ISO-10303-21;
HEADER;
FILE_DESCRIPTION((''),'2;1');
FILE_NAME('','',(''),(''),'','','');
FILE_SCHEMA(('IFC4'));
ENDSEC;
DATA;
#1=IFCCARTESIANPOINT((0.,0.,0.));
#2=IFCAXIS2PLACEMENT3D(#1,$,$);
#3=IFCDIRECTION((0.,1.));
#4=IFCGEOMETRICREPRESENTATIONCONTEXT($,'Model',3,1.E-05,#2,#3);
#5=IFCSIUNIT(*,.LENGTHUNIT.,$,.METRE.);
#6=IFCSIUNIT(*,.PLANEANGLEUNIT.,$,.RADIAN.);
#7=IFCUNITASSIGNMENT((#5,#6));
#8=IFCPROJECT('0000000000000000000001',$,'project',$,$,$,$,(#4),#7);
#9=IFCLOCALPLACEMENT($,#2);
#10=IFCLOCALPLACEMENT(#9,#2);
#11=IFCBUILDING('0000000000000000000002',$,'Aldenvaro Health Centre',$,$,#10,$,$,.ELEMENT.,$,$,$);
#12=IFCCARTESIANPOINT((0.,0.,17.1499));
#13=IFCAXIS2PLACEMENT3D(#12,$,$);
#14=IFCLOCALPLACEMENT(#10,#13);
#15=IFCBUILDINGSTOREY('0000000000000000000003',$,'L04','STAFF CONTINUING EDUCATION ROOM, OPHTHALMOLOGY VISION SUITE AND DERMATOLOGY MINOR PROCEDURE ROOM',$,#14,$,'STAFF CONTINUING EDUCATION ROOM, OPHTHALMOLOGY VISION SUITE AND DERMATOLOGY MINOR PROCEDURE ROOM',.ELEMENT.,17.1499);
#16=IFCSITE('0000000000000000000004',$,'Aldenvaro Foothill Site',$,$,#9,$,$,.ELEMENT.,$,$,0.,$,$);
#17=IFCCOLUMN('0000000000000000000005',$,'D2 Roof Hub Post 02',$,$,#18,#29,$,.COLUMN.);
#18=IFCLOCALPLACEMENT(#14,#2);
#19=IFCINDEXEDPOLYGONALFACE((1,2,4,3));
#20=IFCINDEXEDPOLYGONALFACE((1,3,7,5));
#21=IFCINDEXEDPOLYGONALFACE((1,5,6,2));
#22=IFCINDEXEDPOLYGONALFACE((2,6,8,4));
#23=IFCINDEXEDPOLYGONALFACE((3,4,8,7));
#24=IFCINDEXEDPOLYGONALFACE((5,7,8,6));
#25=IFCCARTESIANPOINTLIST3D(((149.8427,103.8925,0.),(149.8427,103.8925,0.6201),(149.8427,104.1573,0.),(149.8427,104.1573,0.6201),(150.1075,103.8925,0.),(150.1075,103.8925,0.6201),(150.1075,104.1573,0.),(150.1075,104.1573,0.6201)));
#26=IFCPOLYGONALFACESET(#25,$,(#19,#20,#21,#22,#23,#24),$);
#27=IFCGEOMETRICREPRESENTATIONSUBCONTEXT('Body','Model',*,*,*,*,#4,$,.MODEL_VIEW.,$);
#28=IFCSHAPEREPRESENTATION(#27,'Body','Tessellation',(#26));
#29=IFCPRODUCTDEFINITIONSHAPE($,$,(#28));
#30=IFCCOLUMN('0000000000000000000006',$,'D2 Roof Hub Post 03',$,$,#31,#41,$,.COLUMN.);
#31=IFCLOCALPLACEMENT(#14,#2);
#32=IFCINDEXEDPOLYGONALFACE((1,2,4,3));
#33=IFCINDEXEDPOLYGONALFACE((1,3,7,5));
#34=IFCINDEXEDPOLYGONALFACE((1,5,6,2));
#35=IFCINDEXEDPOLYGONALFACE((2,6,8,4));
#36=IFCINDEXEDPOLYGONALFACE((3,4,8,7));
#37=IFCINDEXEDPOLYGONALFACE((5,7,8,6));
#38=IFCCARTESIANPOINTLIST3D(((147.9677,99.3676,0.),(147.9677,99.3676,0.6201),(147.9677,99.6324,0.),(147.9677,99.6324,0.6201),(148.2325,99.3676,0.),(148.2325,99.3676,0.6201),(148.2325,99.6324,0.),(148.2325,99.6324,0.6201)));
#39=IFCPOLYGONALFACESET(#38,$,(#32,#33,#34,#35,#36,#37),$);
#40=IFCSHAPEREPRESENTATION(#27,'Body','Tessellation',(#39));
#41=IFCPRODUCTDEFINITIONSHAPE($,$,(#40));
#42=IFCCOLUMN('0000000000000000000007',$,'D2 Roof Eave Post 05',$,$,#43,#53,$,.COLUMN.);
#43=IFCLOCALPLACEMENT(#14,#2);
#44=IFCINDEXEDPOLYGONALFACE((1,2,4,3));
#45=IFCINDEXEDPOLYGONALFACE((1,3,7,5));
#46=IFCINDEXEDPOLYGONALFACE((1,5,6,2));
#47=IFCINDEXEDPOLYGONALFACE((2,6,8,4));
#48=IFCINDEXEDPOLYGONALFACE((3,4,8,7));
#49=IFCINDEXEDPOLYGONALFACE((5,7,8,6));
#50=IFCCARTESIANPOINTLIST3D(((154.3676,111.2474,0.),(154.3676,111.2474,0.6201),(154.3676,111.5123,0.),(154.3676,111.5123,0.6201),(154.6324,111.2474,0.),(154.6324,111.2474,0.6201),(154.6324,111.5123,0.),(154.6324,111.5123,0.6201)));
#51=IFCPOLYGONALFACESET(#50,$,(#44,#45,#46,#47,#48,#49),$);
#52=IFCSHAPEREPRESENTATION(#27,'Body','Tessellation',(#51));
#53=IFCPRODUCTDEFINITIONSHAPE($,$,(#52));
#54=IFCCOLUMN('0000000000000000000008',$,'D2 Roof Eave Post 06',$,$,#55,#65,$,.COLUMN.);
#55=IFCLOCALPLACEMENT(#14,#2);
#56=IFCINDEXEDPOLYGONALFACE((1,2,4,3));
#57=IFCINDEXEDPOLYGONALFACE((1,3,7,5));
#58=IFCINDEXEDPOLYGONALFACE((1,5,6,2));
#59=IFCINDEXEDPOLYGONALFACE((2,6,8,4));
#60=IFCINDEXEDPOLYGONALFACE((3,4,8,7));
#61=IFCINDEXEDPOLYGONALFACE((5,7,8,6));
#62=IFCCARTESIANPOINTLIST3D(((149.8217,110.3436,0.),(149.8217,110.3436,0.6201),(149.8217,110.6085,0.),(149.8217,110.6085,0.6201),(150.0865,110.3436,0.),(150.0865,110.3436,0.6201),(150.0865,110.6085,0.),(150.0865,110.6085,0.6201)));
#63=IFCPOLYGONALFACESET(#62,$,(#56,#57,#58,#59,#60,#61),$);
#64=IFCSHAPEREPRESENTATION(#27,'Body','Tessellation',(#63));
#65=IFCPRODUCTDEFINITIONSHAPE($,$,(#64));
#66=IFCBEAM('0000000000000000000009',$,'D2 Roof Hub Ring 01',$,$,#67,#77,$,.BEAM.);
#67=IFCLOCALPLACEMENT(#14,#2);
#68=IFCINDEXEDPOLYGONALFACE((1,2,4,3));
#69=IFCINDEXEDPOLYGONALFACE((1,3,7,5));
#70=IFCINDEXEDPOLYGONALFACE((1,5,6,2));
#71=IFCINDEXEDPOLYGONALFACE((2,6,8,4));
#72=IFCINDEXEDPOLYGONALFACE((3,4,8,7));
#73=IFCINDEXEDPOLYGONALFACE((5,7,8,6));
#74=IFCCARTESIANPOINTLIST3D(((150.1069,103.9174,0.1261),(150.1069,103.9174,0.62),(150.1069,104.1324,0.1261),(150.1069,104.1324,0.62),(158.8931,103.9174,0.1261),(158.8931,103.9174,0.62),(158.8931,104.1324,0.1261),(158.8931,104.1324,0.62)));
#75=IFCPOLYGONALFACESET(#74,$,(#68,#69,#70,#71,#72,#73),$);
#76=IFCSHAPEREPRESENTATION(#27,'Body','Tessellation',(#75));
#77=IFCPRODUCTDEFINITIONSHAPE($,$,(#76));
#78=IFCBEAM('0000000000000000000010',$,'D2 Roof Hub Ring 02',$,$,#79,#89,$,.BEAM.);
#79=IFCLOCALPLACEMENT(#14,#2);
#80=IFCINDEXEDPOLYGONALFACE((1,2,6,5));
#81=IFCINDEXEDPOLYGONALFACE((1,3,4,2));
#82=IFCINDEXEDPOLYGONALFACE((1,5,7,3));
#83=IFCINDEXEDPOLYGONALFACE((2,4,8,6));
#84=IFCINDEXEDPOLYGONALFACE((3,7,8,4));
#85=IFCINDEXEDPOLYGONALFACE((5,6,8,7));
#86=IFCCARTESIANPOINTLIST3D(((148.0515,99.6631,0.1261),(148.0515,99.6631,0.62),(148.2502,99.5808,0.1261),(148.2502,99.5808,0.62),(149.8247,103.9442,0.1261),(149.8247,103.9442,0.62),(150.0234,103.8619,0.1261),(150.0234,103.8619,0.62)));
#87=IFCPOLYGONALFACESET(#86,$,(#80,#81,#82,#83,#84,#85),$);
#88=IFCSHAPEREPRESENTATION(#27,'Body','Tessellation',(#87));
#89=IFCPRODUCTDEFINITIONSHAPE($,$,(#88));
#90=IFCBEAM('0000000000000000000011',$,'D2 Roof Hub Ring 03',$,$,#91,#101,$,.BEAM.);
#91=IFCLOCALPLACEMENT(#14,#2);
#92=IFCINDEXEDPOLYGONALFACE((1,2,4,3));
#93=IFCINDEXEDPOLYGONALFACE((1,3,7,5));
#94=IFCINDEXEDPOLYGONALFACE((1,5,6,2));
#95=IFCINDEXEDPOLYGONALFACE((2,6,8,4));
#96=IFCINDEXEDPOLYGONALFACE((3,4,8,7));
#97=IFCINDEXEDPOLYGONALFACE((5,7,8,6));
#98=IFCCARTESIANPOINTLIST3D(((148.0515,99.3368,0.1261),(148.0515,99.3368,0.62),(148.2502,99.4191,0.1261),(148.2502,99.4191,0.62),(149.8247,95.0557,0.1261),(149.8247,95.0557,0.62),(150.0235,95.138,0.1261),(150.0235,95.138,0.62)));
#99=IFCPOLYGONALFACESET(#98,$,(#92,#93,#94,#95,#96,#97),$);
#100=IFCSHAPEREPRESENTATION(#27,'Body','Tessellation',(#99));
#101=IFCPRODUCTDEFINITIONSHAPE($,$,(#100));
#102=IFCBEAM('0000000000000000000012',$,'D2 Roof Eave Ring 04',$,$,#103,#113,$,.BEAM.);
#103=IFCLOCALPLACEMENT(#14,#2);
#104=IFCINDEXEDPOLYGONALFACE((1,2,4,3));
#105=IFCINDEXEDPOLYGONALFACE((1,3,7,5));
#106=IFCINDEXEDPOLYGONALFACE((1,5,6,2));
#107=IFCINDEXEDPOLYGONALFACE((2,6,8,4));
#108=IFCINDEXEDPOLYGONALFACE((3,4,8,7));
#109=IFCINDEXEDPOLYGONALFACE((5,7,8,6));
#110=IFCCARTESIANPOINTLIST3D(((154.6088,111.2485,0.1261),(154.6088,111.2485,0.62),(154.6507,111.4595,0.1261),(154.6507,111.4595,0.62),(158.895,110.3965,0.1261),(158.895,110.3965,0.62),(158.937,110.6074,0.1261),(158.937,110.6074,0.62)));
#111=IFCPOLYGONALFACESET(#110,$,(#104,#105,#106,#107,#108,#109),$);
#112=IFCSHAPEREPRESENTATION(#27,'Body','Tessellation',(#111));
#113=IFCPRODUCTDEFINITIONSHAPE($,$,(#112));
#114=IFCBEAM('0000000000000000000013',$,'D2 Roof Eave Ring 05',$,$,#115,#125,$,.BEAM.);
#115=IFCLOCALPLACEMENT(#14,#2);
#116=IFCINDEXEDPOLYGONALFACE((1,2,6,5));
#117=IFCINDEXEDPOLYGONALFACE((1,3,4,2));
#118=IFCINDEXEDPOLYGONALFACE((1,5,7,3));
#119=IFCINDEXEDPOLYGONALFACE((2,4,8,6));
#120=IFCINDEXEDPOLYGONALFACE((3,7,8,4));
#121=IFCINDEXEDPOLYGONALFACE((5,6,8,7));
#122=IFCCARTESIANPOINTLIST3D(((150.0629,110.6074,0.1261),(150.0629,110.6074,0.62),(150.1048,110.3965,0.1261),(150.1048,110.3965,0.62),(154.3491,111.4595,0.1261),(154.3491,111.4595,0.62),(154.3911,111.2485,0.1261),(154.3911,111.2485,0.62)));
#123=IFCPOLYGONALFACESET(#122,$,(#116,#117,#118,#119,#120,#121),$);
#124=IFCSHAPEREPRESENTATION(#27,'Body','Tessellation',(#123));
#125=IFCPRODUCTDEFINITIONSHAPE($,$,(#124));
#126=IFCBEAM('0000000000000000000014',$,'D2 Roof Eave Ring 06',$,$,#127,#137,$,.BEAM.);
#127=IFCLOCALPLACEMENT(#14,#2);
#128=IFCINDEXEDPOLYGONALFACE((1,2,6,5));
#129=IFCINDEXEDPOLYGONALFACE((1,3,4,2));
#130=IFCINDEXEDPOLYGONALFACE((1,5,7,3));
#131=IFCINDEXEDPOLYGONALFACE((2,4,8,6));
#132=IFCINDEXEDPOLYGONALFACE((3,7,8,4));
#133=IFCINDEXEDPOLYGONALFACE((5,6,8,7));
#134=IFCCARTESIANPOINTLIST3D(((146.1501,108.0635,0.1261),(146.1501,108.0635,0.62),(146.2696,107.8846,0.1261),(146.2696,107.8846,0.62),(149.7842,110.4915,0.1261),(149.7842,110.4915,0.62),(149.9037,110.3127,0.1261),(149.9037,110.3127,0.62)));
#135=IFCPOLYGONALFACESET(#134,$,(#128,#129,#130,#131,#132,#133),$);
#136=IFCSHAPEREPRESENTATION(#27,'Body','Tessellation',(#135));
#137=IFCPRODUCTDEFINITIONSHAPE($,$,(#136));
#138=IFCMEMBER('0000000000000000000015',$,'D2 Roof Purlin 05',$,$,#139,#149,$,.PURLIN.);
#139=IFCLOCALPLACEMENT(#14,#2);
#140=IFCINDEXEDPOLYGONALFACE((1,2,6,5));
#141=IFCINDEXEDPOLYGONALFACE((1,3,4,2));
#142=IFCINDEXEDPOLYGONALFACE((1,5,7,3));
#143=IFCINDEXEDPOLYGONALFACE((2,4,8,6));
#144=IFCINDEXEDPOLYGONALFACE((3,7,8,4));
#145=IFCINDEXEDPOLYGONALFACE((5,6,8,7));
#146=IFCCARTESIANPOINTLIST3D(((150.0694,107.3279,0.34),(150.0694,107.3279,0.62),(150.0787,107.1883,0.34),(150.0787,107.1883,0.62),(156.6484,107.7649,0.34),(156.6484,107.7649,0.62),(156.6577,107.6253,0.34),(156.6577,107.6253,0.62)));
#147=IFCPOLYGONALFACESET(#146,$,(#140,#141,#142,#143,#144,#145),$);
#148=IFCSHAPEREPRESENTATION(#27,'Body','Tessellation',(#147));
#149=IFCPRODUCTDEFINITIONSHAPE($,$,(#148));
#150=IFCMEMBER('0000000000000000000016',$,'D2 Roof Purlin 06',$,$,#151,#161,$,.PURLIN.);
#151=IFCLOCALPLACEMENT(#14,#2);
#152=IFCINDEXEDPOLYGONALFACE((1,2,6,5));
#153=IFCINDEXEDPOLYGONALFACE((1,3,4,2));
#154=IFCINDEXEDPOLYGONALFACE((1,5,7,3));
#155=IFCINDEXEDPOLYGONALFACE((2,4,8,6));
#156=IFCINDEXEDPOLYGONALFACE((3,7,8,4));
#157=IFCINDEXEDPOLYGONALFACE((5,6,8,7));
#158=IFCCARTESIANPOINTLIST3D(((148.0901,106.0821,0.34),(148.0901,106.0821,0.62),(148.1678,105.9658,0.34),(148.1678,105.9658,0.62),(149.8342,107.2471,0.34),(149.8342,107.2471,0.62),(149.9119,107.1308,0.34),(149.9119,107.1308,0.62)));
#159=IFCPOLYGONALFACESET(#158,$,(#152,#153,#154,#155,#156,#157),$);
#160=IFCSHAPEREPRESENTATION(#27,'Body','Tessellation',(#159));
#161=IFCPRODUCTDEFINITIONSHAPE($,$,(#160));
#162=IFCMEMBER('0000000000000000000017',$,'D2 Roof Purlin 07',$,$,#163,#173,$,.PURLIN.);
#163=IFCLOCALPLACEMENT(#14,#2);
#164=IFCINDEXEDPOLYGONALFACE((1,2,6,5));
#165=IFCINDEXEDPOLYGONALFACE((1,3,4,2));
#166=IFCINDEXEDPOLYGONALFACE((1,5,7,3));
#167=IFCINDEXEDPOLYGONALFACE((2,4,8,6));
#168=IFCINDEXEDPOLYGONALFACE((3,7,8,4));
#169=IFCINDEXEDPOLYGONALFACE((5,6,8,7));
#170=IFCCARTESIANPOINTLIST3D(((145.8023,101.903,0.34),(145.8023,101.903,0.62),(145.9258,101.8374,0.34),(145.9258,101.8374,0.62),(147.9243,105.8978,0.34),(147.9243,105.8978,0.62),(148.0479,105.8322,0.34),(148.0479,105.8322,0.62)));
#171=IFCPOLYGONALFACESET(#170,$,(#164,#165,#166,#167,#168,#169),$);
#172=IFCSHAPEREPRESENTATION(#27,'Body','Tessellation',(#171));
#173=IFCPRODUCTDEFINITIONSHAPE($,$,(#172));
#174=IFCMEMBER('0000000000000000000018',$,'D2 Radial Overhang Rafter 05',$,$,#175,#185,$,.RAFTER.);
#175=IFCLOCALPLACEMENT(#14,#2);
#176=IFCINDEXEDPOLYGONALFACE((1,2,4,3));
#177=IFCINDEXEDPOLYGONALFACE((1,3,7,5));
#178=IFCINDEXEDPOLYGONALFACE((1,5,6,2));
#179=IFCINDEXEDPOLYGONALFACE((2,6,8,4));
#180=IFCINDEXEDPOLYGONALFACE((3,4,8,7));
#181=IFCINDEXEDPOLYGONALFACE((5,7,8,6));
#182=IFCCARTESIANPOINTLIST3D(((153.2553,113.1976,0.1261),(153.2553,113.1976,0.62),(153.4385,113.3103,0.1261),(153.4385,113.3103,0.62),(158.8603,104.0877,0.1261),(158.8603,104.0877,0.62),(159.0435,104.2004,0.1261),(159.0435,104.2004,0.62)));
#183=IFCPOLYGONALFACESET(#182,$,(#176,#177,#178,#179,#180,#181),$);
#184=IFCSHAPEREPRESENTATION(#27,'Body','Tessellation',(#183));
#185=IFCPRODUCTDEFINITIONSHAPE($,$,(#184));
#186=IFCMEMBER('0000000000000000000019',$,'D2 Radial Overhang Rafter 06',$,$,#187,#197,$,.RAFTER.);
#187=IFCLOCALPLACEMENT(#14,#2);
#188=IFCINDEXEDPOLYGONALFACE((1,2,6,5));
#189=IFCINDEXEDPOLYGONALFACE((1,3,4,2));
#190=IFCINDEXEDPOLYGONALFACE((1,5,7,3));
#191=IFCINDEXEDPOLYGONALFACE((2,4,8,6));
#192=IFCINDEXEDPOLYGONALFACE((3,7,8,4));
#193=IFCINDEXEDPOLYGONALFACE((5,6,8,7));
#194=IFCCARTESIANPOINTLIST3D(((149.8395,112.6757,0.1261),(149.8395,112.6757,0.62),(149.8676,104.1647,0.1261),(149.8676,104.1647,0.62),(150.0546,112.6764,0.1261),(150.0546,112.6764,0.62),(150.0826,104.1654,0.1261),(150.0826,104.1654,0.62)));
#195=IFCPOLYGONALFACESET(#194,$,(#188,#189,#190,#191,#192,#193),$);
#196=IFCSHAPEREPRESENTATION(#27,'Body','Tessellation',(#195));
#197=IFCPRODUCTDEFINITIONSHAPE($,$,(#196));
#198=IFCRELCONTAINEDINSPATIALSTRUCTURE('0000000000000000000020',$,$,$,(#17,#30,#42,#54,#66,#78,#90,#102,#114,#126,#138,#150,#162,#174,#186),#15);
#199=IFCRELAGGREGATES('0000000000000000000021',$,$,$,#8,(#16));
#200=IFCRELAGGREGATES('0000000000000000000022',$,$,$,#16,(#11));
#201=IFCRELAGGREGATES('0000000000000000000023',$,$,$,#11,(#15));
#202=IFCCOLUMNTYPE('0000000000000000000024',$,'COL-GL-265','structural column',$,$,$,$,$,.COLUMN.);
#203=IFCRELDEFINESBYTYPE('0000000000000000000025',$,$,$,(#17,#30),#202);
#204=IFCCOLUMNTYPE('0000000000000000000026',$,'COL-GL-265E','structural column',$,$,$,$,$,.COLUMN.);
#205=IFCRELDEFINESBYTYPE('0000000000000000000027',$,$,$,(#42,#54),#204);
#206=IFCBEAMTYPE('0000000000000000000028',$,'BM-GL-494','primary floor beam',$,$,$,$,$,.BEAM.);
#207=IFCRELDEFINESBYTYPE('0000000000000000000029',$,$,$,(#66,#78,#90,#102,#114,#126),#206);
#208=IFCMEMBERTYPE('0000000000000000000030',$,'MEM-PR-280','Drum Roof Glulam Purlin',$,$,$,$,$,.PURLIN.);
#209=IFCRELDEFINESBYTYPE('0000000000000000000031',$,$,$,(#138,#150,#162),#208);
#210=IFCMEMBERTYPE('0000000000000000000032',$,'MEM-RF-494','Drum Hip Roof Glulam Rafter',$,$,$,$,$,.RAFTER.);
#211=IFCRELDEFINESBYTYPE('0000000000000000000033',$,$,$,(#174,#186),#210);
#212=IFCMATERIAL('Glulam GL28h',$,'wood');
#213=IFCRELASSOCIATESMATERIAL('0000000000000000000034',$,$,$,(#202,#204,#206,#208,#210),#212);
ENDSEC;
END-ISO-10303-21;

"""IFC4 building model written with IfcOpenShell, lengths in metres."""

from ifc_helpers import new_model, si_unit, direction, frame, origin, origin_2d, place, context, subcontext, project, spatial, rectangle, extrude, material, material_profile, profile_set, type_object, element, save


model = new_model("IFC4")

# Units and contexts
model_context = context("Model", 3, precision=1e-05, world=origin(), true_north=direction((0.0, 1.0)))
body_context = subcontext(model_context, "Body", "Model", "MODEL_VIEW")
ifc_project = project(units=[si_unit("LENGTHUNIT", "METRE"), si_unit("PLANEANGLEUNIT", "RADIAN")], contexts=[model_context])

# Site, building, storey
site_placement = place(None, origin())
site = spatial("IfcSite", under=ifc_project, at=site_placement, Name="Aldenvaro Foothill Site", CompositionType="ELEMENT", RefElevation=0.0)
building_placement = place(site_placement, origin())
building = spatial("IfcBuilding", under=site, at=building_placement, Name="Aldenvaro Health Centre", CompositionType="ELEMENT")
storey_placement = place(building_placement, frame((0.0, 0.0, 17.1499)))
storey = spatial("IfcBuildingStorey", under=building, at=storey_placement, Name="L04", Description="STAFF CONTINUING EDUCATION ROOM, OPHTHALMOLOGY VISION SUITE AND DERMATOLOGY MINOR PROCEDURE ROOM", LongName="STAFF CONTINUING EDUCATION ROOM, OPHTHALMOLOGY VISION SUITE AND DERMATOLOGY MINOR PROCEDURE ROOM", CompositionType="ELEMENT", Elevation=17.1499)

# Columns
ifc_material_1 = material(Name="Glulam GL28h", Category="wood")
ifc_material_profile_1 = material_profile(ifc_material_1, rectangle(XDim=0.2649, YDim=0.2649, at=origin_2d()), Name="GL 265x265", Category="wood")
ifc_profile_set_1 = profile_set([ifc_material_profile_1], Name="Glulam GL28h")
column_type_1 = type_object("IfcColumnType", Name="COL-GL-265", Description="structural column", PredefinedType="COLUMN", material=ifc_profile_set_1)
for number, where, z_axis, x_axis, name in (
    (1, (149.9751, 104.0249, 0.0), (0.0, 0.0, 1.0), (1.0, 0.0, 0.0), "D2 Roof Hub Post 02"),
    (2, (148.1001, 99.5, 0.0), (0.0, 0.0, 1.0), (1.0, 0.0, 0.0), "D2 Roof Hub Post 03"),
):
    element("IfcColumn", number, at=place(storey_placement, frame(where, z_axis=z_axis, x_axis=x_axis)), inside=storey, type_object=column_type_1, Name=name, PredefinedType="COLUMN", context=body_context, shape_type="SweptSolid", body=[
        extrude(rectangle(XDim=0.2649, YDim=0.2649, at=origin_2d()), origin(), (0.0, 0.0, 1.0), 0.6201),
    ])
ifc_material_profile_2 = material_profile(ifc_material_1, rectangle(XDim=0.2649, YDim=0.2649, at=origin_2d()), Name="GL 265x265", Category="wood")
ifc_profile_set_2 = profile_set([ifc_material_profile_2], Name="Glulam GL28h")
column_type_2 = type_object("IfcColumnType", Name="COL-GL-265E", Description="structural column", PredefinedType="COLUMN", material=ifc_profile_set_2)
for number, where, z_axis, x_axis, name in (
    (3, (154.5, 111.3799, 0.0), (0.0, 0.0, 1.0), (1.0, 0.0, 0.0), "D2 Roof Eave Post 05"),
    (4, (149.9541, 110.4761, 0.0), (0.0, 0.0, 1.0), (1.0, 0.0, 0.0), "D2 Roof Eave Post 06"),
):
    element("IfcColumn", number, at=place(storey_placement, frame(where, z_axis=z_axis, x_axis=x_axis)), inside=storey, type_object=column_type_2, Name=name, PredefinedType="COLUMN", context=body_context, shape_type="SweptSolid", body=[
        extrude(rectangle(XDim=0.2649, YDim=0.2649, at=origin_2d()), origin(), (0.0, 0.0, 1.0), 0.6201),
    ])

# Beams
ifc_material_profile_3 = material_profile(ifc_material_1, rectangle(XDim=0.2151, YDim=0.4939, at=origin_2d()), Name="GL 215x494", Category="wood")
ifc_profile_set_3 = profile_set([ifc_material_profile_3], Name="Glulam GL28h")
beam_type = type_object("IfcBeamType", Name="BM-GL-494", Description="primary floor beam", PredefinedType="BEAM", material=ifc_profile_set_3)
beam_1_placement = place(storey_placement, frame((158.8931, 104.0249, 0.373), z_axis=(-1.0, 0.0, 0.0), x_axis=(0.0, -1.0, 0.0)))
element("IfcBeam", 5, at=beam_1_placement, inside=storey, type_object=beam_type, Name="D2 Roof Hub Ring 01", PredefinedType="BEAM", context=body_context, shape_type="SweptSolid", body=[
    extrude(rectangle(XDim=0.2151, YDim=0.4939, at=origin_2d()), origin(), (0.0, 0.0, 1.0), 8.7861),
])
for number, where, z_axis, x_axis, name in (
    (6, (149.9241, 103.9031, 0.373), (-0.382673, -0.923884, 0.0), (0.923884, -0.382673, 0.0), "D2 Roof Hub Ring 02"),
    (7, (148.1509, 99.3779, 0.373), (0.382673, -0.923884, 0.0), (0.923884, 0.382673, 0.0), "D2 Roof Hub Ring 03"),
):
    element("IfcBeam", number, at=place(storey_placement, frame(where, z_axis=z_axis, x_axis=x_axis)), inside=storey, type_object=beam_type, Name=name, PredefinedType="BEAM", context=body_context, shape_type="SweptSolid", body=[
        extrude(rectangle(XDim=0.2151, YDim=0.4939, at=origin_2d()), origin(), (0.0, 0.0, 1.0), 4.6338),
    ])
for number, where, z_axis, x_axis, name in (
    (8, (158.916, 110.502, 0.373), (-0.980808, 0.194977, 0.0), (-0.194977, -0.980808, 0.0), "D2 Roof Eave Ring 04"),
    (9, (154.3701, 111.354, 0.373), (-0.980808, -0.194977, 0.0), (0.194977, -0.980808, 0.0), "D2 Roof Eave Ring 05"),
):
    element("IfcBeam", number, at=place(storey_placement, frame(where, z_axis=z_axis, x_axis=x_axis)), inside=storey, type_object=beam_type, Name=name, PredefinedType="BEAM", context=body_context, shape_type="SweptSolid", body=[
        extrude(rectangle(XDim=0.2151, YDim=0.4939, at=origin_2d()), origin(), (0.0, 0.0, 1.0), 4.3701),
    ])
beam_2_placement = place(storey_placement, frame((149.844, 110.4021, 0.373), z_axis=(-0.831491, -0.555538, 0.0), x_axis=(0.555538, -0.831491, 0.0)))
element("IfcBeam", 10, at=beam_2_placement, inside=storey, type_object=beam_type, Name="D2 Roof Eave Ring 06", PredefinedType="BEAM", context=body_context, shape_type="SweptSolid", body=[
    extrude(rectangle(XDim=0.2151, YDim=0.4939, at=origin_2d()), origin(), (0.0, 0.0, 1.0), 4.3706),
])

# Members
ifc_material_profile_4 = material_profile(ifc_material_1, rectangle(XDim=0.1399, YDim=0.28, at=origin_2d()), Name="GL 140x280", Category="wood")
ifc_profile_set_4 = profile_set([ifc_material_profile_4], Name="Glulam GL28h")
member_type_1 = type_object("IfcMemberType", Name="MEM-PR-280", Description="Drum Roof Glulam Purlin", PredefinedType="PURLIN", material=ifc_profile_set_4)
member_1_placement = place(storey_placement, frame((156.6531, 107.6951, 0.48), z_axis=(-0.997801, -0.066278, 0.0), x_axis=(0.066278, -0.997801, 0.0)))
element("IfcMember", 11, at=member_1_placement, inside=storey, type_object=member_type_1, Name="D2 Roof Purlin 05", PredefinedType="PURLIN", context=body_context, shape_type="SweptSolid", body=[
    extrude(rectangle(XDim=0.1399, YDim=0.28, at=origin_2d()), origin(), (0.0, 0.0, 1.0), 6.5935),
])
member_2_placement = place(storey_placement, frame((149.873, 107.189, 0.48), z_axis=(-0.831549, -0.555452, 0.0), x_axis=(0.555452, -0.831549, 0.0)))
element("IfcMember", 12, at=member_2_placement, inside=storey, type_object=member_type_1, Name="D2 Roof Purlin 06", PredefinedType="PURLIN", context=body_context, shape_type="SweptSolid", body=[
    extrude(rectangle(XDim=0.1399, YDim=0.28, at=origin_2d()), origin(), (0.0, 0.0, 1.0), 2.0974),
])
member_3_placement = place(storey_placement, frame((147.9861, 105.865, 0.48), z_axis=(-0.46912, -0.883135, 0.0), x_axis=(0.883135, -0.46912, 0.0)))
element("IfcMember", 13, at=member_3_placement, inside=storey, type_object=member_type_1, Name="D2 Roof Purlin 07", PredefinedType="PURLIN", context=body_context, shape_type="SweptSolid", body=[
    extrude(rectangle(XDim=0.1399, YDim=0.28, at=origin_2d()), origin(), (0.0, 0.0, 1.0), 4.5234),
])
ifc_material_profile_5 = material_profile(ifc_material_1, rectangle(XDim=0.2151, YDim=0.4939, at=origin_2d()), Name="GL 215x494", Category="wood")
ifc_profile_set_5 = profile_set([ifc_material_profile_5], Name="Glulam GL28h")
member_type_2 = type_object("IfcMemberType", Name="MEM-RF-494", Description="Drum Hip Roof Glulam Rafter", PredefinedType="RAFTER", material=ifc_profile_set_5)
member_4_placement = place(storey_placement, frame((153.3469, 113.2539, 0.373), z_axis=(0.524024, -0.851704, 0.0), x_axis=(0.851704, 0.524024, 0.0)))
element("IfcMember", 14, at=member_4_placement, inside=storey, type_object=member_type_2, Name="D2 Radial Overhang Rafter 05", PredefinedType="RAFTER", context=body_context, shape_type="SweptSolid", body=[
    extrude(rectangle(XDim=0.2151, YDim=0.4939, at=origin_2d()), origin(), (0.0, 0.0, 1.0), 10.696),
])
member_5_placement = place(storey_placement, frame((149.947, 112.676, 0.373), z_axis=(0.003299, -0.999995, 0.0), x_axis=(0.999995, 0.003299, 0.0)))
element("IfcMember", 15, at=member_5_placement, inside=storey, type_object=member_type_2, Name="D2 Radial Overhang Rafter 06", PredefinedType="RAFTER", context=body_context, shape_type="SweptSolid", body=[
    extrude(rectangle(XDim=0.2151, YDim=0.4939, at=origin_2d()), origin(), (0.0, 0.0, 1.0), 8.511),
])

save(model, "model.ifc")
